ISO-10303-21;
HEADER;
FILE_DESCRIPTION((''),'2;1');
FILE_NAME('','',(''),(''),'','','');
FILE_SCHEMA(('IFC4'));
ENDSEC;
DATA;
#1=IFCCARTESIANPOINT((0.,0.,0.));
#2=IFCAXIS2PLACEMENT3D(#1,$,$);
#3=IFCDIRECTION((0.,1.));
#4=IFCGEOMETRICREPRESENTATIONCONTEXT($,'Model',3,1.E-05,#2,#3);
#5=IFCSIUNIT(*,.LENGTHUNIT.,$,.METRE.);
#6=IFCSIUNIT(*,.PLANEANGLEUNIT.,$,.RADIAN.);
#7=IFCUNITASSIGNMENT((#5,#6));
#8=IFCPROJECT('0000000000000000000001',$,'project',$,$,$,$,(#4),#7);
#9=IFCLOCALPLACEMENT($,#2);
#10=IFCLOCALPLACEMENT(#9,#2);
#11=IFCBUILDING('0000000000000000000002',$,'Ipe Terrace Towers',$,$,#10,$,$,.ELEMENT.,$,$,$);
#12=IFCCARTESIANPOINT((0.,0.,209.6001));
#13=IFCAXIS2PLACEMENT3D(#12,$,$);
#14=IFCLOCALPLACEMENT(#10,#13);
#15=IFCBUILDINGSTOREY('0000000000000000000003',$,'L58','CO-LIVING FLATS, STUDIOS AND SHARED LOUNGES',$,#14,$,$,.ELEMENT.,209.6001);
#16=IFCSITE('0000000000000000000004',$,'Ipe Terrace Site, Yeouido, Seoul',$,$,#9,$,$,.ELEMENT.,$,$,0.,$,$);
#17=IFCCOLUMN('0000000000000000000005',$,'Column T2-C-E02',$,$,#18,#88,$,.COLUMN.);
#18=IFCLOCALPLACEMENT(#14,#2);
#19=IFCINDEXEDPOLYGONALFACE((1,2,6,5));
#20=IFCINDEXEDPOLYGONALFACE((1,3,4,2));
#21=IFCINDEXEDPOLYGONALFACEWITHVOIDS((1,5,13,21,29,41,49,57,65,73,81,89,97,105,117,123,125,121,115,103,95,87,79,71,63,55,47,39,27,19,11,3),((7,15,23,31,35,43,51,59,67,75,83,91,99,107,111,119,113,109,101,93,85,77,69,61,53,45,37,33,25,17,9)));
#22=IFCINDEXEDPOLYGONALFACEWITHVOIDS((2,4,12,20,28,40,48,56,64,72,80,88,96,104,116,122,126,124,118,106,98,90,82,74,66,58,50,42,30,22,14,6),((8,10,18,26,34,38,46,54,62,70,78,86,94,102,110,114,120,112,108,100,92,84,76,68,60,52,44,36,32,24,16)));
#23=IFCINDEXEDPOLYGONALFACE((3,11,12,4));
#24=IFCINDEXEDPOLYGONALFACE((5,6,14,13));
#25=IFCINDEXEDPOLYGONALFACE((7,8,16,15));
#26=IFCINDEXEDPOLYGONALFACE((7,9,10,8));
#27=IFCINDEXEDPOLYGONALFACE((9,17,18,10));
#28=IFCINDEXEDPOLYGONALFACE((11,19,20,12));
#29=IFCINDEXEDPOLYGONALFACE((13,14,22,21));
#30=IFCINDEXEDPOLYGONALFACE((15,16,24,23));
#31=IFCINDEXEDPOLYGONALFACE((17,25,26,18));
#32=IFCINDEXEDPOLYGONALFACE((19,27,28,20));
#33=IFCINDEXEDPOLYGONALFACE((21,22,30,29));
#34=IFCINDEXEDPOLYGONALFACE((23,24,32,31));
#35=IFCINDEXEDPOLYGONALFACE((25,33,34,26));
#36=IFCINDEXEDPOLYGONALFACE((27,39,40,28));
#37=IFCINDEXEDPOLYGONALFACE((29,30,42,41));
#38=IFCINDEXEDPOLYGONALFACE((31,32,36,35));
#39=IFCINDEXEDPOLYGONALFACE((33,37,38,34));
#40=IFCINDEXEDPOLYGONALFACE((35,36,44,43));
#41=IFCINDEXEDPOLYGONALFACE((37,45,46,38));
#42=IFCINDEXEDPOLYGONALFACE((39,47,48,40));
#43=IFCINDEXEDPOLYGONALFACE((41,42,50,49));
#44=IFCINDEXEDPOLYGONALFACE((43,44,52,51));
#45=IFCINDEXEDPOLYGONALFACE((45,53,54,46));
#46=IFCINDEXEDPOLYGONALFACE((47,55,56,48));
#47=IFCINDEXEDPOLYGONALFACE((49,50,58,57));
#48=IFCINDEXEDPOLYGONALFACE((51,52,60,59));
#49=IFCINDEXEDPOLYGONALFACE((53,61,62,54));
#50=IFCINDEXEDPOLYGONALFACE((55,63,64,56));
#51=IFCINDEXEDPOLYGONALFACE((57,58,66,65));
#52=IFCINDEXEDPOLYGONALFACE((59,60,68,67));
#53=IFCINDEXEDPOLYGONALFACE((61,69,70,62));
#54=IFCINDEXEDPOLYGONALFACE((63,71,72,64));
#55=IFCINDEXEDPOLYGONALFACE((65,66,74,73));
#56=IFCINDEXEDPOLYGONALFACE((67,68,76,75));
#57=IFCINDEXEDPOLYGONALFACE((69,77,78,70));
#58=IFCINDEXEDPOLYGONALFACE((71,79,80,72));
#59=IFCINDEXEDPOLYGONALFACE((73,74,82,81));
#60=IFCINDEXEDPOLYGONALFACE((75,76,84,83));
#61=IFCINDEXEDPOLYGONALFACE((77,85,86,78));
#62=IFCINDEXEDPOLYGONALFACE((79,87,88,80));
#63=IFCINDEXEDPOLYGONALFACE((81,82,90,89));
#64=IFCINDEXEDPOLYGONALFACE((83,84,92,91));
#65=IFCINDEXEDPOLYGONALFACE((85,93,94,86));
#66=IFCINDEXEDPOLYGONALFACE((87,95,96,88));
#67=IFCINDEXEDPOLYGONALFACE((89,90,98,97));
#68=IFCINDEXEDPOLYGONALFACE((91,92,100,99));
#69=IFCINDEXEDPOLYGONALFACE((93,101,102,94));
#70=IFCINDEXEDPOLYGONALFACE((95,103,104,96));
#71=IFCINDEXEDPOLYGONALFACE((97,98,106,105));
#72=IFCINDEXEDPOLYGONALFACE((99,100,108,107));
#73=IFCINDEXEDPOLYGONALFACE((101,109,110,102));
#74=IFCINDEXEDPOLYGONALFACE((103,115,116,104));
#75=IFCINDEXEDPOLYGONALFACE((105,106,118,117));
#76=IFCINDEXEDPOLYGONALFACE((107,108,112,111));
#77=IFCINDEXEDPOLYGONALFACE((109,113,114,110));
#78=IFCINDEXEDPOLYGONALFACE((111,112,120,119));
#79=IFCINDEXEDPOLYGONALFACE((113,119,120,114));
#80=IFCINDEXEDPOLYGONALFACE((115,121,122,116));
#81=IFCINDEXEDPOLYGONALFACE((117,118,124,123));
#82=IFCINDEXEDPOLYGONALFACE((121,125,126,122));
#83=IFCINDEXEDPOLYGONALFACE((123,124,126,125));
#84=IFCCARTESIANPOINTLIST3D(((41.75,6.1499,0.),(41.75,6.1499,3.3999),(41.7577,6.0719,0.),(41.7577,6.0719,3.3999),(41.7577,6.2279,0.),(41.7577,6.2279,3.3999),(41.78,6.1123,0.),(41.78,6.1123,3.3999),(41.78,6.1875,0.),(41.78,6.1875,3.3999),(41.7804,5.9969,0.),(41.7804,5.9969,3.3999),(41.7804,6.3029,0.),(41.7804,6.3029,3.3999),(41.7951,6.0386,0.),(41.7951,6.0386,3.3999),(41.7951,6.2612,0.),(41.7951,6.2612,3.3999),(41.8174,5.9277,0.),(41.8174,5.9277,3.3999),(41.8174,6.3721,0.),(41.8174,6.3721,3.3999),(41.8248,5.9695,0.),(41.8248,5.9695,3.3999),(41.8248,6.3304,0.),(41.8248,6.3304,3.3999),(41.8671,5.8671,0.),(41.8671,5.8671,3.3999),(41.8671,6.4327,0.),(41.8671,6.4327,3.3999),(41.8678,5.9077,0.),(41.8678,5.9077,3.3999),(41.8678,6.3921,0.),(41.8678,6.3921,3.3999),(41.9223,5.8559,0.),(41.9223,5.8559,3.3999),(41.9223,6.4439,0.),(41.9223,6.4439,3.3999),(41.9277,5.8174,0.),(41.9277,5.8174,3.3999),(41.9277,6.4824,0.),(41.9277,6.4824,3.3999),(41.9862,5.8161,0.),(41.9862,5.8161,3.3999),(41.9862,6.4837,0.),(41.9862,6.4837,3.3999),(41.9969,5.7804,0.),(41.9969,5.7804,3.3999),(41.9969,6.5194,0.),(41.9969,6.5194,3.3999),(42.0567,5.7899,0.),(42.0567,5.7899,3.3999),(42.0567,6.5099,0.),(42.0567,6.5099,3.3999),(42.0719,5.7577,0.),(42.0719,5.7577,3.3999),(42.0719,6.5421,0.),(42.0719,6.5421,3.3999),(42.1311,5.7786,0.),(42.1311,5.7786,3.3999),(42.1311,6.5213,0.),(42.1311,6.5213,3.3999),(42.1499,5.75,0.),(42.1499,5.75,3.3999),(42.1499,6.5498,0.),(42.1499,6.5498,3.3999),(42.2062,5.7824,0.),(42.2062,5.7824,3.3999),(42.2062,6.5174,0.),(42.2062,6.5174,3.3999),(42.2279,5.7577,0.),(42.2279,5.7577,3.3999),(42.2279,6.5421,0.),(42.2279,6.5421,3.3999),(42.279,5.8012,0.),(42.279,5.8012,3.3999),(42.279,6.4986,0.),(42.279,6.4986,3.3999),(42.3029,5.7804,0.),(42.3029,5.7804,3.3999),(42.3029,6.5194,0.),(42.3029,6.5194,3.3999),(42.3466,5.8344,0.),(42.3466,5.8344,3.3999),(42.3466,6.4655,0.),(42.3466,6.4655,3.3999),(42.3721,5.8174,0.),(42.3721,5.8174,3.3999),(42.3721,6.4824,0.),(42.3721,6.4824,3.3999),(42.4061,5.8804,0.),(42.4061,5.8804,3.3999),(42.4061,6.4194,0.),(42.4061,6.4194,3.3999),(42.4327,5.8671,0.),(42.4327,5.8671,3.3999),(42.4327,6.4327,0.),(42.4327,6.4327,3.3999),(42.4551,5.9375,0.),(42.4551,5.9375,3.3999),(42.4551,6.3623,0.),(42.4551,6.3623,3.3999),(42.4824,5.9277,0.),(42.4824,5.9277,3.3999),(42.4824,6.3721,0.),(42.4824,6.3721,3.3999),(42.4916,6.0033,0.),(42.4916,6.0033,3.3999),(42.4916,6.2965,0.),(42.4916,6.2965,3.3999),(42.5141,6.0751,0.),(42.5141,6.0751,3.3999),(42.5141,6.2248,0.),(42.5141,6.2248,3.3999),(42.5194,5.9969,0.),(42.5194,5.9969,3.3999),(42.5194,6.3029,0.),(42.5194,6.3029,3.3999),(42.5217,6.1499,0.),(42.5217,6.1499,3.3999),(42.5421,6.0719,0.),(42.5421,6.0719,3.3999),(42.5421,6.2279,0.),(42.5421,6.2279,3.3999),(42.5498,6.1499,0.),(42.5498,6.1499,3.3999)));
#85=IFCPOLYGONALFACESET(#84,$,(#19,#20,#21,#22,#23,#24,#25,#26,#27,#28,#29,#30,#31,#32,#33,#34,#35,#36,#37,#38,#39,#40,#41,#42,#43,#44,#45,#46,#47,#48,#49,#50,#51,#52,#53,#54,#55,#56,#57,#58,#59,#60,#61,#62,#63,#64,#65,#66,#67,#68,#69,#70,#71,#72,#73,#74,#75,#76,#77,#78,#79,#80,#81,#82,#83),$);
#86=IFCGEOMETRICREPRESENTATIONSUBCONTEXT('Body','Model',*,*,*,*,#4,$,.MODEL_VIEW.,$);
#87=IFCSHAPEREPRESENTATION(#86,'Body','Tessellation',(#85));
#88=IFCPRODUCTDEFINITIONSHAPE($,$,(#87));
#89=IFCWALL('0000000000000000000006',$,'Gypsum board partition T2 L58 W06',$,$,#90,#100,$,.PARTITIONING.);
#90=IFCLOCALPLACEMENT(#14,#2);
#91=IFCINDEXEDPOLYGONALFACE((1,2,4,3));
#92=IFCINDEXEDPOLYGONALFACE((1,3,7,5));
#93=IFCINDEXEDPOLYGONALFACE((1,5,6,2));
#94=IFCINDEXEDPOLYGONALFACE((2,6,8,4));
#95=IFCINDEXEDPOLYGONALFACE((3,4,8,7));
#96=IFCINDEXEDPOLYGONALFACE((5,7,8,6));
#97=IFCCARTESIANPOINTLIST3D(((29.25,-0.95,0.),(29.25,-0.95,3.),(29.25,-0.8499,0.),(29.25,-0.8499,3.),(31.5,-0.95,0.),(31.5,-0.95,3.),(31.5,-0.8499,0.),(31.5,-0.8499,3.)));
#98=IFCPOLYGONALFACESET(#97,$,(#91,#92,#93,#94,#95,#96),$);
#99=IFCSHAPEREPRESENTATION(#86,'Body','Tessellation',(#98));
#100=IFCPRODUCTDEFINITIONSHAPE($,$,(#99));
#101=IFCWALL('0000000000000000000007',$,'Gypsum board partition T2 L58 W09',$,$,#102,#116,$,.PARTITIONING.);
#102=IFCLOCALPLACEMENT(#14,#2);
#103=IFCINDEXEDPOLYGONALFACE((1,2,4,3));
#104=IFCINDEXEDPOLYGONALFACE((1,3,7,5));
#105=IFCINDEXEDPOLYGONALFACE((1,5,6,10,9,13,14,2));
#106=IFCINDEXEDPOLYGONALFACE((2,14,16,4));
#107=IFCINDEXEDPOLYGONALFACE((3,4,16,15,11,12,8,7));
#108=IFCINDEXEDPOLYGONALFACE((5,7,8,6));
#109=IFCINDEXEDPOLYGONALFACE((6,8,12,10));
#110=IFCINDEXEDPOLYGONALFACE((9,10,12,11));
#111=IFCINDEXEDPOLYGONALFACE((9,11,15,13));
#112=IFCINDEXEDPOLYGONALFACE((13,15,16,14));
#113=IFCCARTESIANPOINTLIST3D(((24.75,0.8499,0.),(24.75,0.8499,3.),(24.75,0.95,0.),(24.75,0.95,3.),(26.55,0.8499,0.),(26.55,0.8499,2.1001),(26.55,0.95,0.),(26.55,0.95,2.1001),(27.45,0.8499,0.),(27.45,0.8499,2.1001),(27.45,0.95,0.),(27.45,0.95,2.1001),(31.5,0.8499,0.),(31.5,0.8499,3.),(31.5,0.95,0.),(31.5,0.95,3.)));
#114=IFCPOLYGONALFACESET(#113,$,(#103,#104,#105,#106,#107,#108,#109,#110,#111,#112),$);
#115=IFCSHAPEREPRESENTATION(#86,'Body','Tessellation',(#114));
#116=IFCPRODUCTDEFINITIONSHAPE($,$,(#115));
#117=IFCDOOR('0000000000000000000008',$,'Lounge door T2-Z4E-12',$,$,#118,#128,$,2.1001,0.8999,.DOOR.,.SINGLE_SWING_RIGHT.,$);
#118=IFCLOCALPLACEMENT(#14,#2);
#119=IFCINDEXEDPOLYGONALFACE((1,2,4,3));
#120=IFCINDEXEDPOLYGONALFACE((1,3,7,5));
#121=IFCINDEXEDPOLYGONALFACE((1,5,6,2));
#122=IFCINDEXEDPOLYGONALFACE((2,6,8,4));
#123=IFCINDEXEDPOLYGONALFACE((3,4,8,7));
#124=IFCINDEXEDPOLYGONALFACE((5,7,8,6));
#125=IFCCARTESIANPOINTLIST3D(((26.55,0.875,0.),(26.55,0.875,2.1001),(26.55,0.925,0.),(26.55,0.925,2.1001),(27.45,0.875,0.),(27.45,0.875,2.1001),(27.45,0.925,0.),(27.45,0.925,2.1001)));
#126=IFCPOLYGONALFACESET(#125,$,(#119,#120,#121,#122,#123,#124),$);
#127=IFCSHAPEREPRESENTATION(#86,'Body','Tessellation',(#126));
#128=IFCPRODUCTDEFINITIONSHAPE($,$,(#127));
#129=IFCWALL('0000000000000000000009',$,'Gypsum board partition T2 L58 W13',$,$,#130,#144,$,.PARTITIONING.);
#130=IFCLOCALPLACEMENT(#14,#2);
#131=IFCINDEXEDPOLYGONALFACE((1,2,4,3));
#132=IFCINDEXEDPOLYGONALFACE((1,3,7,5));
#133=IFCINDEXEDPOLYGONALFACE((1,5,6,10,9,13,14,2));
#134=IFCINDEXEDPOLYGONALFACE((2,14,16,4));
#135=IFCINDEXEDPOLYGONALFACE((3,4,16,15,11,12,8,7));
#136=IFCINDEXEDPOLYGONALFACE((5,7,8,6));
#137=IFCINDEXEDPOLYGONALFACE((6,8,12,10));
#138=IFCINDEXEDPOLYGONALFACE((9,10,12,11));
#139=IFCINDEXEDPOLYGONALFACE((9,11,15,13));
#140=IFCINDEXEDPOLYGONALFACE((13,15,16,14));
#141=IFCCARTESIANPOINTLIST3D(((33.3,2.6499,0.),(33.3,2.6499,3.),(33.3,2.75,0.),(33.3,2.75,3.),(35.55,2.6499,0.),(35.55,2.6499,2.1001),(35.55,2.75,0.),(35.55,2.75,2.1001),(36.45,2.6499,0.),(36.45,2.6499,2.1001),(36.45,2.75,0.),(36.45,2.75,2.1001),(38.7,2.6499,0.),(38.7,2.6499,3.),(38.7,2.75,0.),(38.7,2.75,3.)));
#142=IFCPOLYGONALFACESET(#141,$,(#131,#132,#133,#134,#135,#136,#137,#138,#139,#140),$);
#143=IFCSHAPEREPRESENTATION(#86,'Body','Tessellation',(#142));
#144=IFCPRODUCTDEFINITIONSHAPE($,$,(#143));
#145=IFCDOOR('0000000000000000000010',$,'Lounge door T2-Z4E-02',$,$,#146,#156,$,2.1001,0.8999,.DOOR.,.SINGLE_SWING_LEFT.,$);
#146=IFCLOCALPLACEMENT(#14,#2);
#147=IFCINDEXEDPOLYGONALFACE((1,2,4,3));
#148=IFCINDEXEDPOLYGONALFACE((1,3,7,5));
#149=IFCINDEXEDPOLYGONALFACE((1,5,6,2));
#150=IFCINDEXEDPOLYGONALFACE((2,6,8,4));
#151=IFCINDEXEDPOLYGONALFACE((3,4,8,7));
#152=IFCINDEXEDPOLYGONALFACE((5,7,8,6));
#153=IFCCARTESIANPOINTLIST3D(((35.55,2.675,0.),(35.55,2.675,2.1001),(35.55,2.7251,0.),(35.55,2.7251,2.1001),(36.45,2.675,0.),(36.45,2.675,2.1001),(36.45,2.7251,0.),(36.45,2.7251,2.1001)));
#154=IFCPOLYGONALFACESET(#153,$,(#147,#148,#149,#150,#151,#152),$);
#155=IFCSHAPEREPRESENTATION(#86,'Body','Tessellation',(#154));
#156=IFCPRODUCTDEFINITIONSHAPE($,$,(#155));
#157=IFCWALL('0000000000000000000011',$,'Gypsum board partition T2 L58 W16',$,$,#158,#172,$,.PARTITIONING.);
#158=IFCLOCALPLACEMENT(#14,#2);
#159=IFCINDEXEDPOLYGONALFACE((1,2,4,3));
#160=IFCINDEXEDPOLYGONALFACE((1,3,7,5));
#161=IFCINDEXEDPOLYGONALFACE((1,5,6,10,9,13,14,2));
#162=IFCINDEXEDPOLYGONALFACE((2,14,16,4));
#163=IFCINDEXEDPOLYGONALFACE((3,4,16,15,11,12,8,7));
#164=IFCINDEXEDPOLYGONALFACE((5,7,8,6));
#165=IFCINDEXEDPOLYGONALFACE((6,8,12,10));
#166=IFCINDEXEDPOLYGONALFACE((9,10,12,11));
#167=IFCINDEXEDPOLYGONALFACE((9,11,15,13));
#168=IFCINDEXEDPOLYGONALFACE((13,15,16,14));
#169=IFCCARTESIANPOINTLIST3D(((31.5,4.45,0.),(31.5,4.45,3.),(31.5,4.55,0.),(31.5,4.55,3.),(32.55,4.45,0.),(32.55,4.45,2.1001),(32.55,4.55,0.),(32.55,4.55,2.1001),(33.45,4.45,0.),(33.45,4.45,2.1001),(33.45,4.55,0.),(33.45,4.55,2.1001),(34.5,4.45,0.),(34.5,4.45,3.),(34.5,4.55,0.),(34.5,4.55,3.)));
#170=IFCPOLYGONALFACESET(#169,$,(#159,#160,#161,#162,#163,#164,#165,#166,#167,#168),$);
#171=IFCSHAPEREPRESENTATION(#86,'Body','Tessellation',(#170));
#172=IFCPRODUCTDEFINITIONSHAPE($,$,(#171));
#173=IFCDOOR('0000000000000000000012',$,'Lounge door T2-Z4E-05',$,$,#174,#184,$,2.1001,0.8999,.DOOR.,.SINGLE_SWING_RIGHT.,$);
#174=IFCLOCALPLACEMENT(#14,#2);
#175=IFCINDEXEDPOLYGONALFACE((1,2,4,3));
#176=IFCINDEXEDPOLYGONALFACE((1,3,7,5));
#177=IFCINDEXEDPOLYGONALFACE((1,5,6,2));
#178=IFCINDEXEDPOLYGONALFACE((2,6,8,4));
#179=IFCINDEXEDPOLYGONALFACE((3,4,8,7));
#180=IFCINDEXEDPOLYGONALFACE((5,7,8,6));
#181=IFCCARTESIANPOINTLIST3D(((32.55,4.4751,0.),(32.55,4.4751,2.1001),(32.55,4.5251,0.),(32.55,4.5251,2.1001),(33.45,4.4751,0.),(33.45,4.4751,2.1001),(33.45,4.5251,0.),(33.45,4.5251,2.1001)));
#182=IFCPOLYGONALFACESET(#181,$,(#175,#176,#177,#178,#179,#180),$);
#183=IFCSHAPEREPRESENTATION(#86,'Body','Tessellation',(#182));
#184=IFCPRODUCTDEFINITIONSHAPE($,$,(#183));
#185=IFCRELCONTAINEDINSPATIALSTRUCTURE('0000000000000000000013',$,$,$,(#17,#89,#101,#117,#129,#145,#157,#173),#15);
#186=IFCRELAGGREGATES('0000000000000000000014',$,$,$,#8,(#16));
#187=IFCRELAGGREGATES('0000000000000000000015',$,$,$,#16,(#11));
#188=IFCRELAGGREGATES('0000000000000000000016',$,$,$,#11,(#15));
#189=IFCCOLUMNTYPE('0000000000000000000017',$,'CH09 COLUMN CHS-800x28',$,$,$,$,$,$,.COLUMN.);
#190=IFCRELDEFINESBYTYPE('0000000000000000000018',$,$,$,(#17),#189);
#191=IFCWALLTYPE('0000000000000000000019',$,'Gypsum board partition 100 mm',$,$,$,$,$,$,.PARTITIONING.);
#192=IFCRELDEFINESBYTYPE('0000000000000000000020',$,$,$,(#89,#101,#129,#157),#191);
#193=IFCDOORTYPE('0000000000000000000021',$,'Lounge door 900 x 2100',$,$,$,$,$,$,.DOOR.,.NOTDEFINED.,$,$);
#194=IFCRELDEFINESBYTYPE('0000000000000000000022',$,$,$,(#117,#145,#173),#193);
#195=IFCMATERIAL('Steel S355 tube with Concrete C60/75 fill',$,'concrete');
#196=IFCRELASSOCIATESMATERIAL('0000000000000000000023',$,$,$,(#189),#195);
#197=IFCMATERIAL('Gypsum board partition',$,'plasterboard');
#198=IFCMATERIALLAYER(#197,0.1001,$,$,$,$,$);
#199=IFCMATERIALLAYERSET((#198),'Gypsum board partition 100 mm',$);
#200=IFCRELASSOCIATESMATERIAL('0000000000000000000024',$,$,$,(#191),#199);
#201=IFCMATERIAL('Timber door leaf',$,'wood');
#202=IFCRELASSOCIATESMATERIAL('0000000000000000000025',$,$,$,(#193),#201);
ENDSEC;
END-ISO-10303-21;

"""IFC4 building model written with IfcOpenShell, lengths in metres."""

from ifc_helpers import new_model, si_unit, direction, frame, frame_2d, origin, origin_2d, place, context, subcontext, project, spatial, rectangle, hollow_circle, extrude, material, layer, layer_set, material_profile, profile_set, type_object, element, fill, save


model = new_model("IFC4")

# Units and contexts
model_context = context("Model", 3, precision=1e-05, world=origin(), true_north=direction((0.0, 1.0)))
body_context = subcontext(model_context, "Body", "Model", "MODEL_VIEW")
ifc_project = project(units=[si_unit("LENGTHUNIT", "METRE"), si_unit("PLANEANGLEUNIT", "RADIAN")], contexts=[model_context])

# Site, building, storey
site_placement = place(None, origin())
site = spatial("IfcSite", under=ifc_project, at=site_placement, Name="Ipe Terrace Site, Yeouido, Seoul", CompositionType="ELEMENT", RefElevation=0.0)
building_placement = place(site_placement, origin())
building = spatial("IfcBuilding", under=site, at=building_placement, Name="Ipe Terrace Towers", CompositionType="ELEMENT")
storey_placement = place(building_placement, frame((0.0, 0.0, 209.6001)))
storey = spatial("IfcBuildingStorey", under=building, at=storey_placement, Name="L58", Description="CO-LIVING FLATS, STUDIOS AND SHARED LOUNGES", CompositionType="ELEMENT", Elevation=209.6001)

# Column
ifc_material_1 = material(Name="Steel S355 tube with Concrete C60/75 fill", Category="concrete")
ifc_material_profile = material_profile(ifc_material_1, hollow_circle(Radius=0.3999, WallThickness=0.0281, at=origin_2d()), Name="CHS-800x28")
ifc_profile_set = profile_set([ifc_material_profile], Name="Steel S355 tube with Concrete C60/75 fill")
column_type = type_object("IfcColumnType", Name="CH09 COLUMN CHS-800x28", PredefinedType="COLUMN", material=ifc_profile_set)
column_placement = place(storey_placement, frame((42.1499, 6.1499, 0.0), z_axis=(0.0, 0.0, 1.0), x_axis=(1.0, 0.0, 0.0)))
element("IfcColumn", 1, at=column_placement, inside=storey, type_object=column_type, Name="Column T2-C-E02", PredefinedType="COLUMN", context=body_context, shape_type="SweptSolid", body=[
    extrude(hollow_circle(Radius=0.3999, WallThickness=0.0281, at=origin_2d()), origin(), (0.0, 0.0, 1.0), 3.3999),
])

# Wall
ifc_material_2 = material(Name="Gypsum board partition", Category="plasterboard")
ifc_layer_1 = layer(ifc_material_2, 0.1001)
ifc_layer_set_1 = layer_set([ifc_layer_1], Name="Gypsum board partition 100 mm")
wall_type_1 = type_object("IfcWallType", Name="Gypsum board partition 100 mm", PredefinedType="PARTITIONING", material=ifc_layer_set_1)
wall_1_placement = place(storey_placement, frame((31.5, -0.8999, 0.0), z_axis=(0.0, 0.0, 1.0), x_axis=(-1.0, 0.0, 0.0)))
element("IfcWall", 2, at=wall_1_placement, inside=storey, type_object=wall_type_1, Name="Gypsum board partition T2 L58 W06", PredefinedType="PARTITIONING", context=body_context, shape_type="SweptSolid", body=[
    extrude(rectangle(XDim=2.25, YDim=0.1001, at=frame_2d((1.125, 0.0))), origin(), (0.0, 0.0, 1.0), 3.0),
])

# Walls, openings, doors
wall_2_placement = place(storey_placement, frame((31.5, 0.8999, 0.0), z_axis=(0.0, 0.0, 1.0), x_axis=(-1.0, 0.0, 0.0)))
wall_2 = element("IfcWall", 3, at=wall_2_placement, inside=storey, type_object=wall_type_1, Name="Gypsum board partition T2 L58 W09", PredefinedType="PARTITIONING", context=body_context, shape_type="SweptSolid", body=[
    extrude(rectangle(XDim=6.75, YDim=0.1001, at=frame_2d((3.375, 0.0))), origin(), (0.0, 0.0, 1.0), 3.0),
])
opening_1_placement = place(wall_2_placement, frame((4.05, 0.0, 0.0)))
opening_1 = element("IfcOpeningElement", 4, at=opening_1_placement, cuts=wall_2, PredefinedType="OPENING", context=body_context, shape_type="SweptSolid", body=[
    extrude(rectangle(XDim=0.8999, YDim=2.1001, at=frame_2d((0.45, 1.05))), frame((0.0, 0.0601, 0.0), z_axis=(0.0, -1.0, 0.0), x_axis=(1.0, 0.0, 0.0)), (0.0, 0.0, 1.0), 0.1201),
])
ifc_material_3 = material(Name="Timber door leaf", Category="wood")
door_type_1 = type_object("IfcDoorType", Name="Lounge door 900 x 2100", OperationType="NOTDEFINED", PredefinedType="DOOR", material=ifc_material_3)
door_1_placement = place(opening_1_placement, origin())
door_1 = element("IfcDoor", 5, at=door_1_placement, inside=storey, type_object=door_type_1, Name="Lounge door T2-Z4E-12", OperationType="SINGLE_SWING_RIGHT", OverallHeight=2.1001, OverallWidth=0.8999, PredefinedType="DOOR", context=body_context, shape_type="SweptSolid", body=[
    extrude(rectangle(XDim=0.8999, YDim=2.1001, at=frame_2d((0.45, 1.05))), frame((0.0, 0.0249, 0.0), z_axis=(0.0, -1.0, 0.0), x_axis=(1.0, 0.0, 0.0)), (0.0, 0.0, 1.0), 0.05),
])
fill(opening_1, door_1)
wall_3_placement = place(storey_placement, frame((38.7, 2.7, 0.0), z_axis=(0.0, 0.0, 1.0), x_axis=(-1.0, 0.0, 0.0)))
wall_3 = element("IfcWall", 6, at=wall_3_placement, inside=storey, type_object=wall_type_1, Name="Gypsum board partition T2 L58 W13", PredefinedType="PARTITIONING", context=body_context, shape_type="SweptSolid", body=[
    extrude(rectangle(XDim=5.3999, YDim=0.1001, at=frame_2d((2.7, 0.0))), origin(), (0.0, 0.0, 1.0), 3.0),
])
opening_2_placement = place(wall_3_placement, frame((2.25, 0.0, 0.0)))
opening_2 = element("IfcOpeningElement", 7, at=opening_2_placement, cuts=wall_3, PredefinedType="OPENING", context=body_context, shape_type="SweptSolid", body=[
    extrude(rectangle(XDim=0.8999, YDim=2.1001, at=frame_2d((0.45, 1.05))), frame((0.0, 0.0601, 0.0), z_axis=(0.0, -1.0, 0.0), x_axis=(1.0, 0.0, 0.0)), (0.0, 0.0, 1.0), 0.1201),
])
door_2_placement = place(opening_2_placement, origin())
door_2 = element("IfcDoor", 8, at=door_2_placement, inside=storey, type_object=door_type_1, Name="Lounge door T2-Z4E-02", OperationType="SINGLE_SWING_LEFT", OverallHeight=2.1001, OverallWidth=0.8999, PredefinedType="DOOR", context=body_context, shape_type="SweptSolid", body=[
    extrude(rectangle(XDim=0.8999, YDim=2.1001, at=frame_2d((0.45, 1.05))), frame((0.0, 0.0249, 0.0), z_axis=(0.0, -1.0, 0.0), x_axis=(1.0, 0.0, 0.0)), (0.0, 0.0, 1.0), 0.05),
])
fill(opening_2, door_2)
wall_4_placement = place(storey_placement, frame((34.5, 4.5, 0.0), z_axis=(0.0, 0.0, 1.0), x_axis=(-1.0, 0.0, 0.0)))
wall_4 = element("IfcWall", 9, at=wall_4_placement, inside=storey, type_object=wall_type_1, Name="Gypsum board partition T2 L58 W16", PredefinedType="PARTITIONING", context=body_context, shape_type="SweptSolid", body=[
    extrude(rectangle(XDim=3.0, YDim=0.1001, at=frame_2d((1.5, 0.0))), origin(), (0.0, 0.0, 1.0), 3.0),
])
opening_3_placement = place(wall_4_placement, frame((1.05, 0.0, 0.0)))
opening_3 = element("IfcOpeningElement", 10, at=opening_3_placement, cuts=wall_4, PredefinedType="OPENING", context=body_context, shape_type="SweptSolid", body=[
    extrude(rectangle(XDim=0.8999, YDim=2.1001, at=frame_2d((0.45, 1.05))), frame((0.0, 0.0601, 0.0), z_axis=(0.0, -1.0, 0.0), x_axis=(1.0, 0.0, 0.0)), (0.0, 0.0, 1.0), 0.1201),
])
door_3_placement = place(opening_3_placement, origin())
door_3 = element("IfcDoor", 11, at=door_3_placement, inside=storey, type_object=door_type_1, Name="Lounge door T2-Z4E-05", OperationType="SINGLE_SWING_RIGHT", OverallHeight=2.1001, OverallWidth=0.8999, PredefinedType="DOOR", context=body_context, shape_type="SweptSolid", body=[
    extrude(rectangle(XDim=0.8999, YDim=2.1001, at=frame_2d((0.45, 1.05))), frame((0.0, 0.0249, 0.0), z_axis=(0.0, -1.0, 0.0), x_axis=(1.0, 0.0, 0.0)), (0.0, 0.0, 1.0), 0.05),
])
fill(opening_3, door_3)

save(model, "model.ifc")
